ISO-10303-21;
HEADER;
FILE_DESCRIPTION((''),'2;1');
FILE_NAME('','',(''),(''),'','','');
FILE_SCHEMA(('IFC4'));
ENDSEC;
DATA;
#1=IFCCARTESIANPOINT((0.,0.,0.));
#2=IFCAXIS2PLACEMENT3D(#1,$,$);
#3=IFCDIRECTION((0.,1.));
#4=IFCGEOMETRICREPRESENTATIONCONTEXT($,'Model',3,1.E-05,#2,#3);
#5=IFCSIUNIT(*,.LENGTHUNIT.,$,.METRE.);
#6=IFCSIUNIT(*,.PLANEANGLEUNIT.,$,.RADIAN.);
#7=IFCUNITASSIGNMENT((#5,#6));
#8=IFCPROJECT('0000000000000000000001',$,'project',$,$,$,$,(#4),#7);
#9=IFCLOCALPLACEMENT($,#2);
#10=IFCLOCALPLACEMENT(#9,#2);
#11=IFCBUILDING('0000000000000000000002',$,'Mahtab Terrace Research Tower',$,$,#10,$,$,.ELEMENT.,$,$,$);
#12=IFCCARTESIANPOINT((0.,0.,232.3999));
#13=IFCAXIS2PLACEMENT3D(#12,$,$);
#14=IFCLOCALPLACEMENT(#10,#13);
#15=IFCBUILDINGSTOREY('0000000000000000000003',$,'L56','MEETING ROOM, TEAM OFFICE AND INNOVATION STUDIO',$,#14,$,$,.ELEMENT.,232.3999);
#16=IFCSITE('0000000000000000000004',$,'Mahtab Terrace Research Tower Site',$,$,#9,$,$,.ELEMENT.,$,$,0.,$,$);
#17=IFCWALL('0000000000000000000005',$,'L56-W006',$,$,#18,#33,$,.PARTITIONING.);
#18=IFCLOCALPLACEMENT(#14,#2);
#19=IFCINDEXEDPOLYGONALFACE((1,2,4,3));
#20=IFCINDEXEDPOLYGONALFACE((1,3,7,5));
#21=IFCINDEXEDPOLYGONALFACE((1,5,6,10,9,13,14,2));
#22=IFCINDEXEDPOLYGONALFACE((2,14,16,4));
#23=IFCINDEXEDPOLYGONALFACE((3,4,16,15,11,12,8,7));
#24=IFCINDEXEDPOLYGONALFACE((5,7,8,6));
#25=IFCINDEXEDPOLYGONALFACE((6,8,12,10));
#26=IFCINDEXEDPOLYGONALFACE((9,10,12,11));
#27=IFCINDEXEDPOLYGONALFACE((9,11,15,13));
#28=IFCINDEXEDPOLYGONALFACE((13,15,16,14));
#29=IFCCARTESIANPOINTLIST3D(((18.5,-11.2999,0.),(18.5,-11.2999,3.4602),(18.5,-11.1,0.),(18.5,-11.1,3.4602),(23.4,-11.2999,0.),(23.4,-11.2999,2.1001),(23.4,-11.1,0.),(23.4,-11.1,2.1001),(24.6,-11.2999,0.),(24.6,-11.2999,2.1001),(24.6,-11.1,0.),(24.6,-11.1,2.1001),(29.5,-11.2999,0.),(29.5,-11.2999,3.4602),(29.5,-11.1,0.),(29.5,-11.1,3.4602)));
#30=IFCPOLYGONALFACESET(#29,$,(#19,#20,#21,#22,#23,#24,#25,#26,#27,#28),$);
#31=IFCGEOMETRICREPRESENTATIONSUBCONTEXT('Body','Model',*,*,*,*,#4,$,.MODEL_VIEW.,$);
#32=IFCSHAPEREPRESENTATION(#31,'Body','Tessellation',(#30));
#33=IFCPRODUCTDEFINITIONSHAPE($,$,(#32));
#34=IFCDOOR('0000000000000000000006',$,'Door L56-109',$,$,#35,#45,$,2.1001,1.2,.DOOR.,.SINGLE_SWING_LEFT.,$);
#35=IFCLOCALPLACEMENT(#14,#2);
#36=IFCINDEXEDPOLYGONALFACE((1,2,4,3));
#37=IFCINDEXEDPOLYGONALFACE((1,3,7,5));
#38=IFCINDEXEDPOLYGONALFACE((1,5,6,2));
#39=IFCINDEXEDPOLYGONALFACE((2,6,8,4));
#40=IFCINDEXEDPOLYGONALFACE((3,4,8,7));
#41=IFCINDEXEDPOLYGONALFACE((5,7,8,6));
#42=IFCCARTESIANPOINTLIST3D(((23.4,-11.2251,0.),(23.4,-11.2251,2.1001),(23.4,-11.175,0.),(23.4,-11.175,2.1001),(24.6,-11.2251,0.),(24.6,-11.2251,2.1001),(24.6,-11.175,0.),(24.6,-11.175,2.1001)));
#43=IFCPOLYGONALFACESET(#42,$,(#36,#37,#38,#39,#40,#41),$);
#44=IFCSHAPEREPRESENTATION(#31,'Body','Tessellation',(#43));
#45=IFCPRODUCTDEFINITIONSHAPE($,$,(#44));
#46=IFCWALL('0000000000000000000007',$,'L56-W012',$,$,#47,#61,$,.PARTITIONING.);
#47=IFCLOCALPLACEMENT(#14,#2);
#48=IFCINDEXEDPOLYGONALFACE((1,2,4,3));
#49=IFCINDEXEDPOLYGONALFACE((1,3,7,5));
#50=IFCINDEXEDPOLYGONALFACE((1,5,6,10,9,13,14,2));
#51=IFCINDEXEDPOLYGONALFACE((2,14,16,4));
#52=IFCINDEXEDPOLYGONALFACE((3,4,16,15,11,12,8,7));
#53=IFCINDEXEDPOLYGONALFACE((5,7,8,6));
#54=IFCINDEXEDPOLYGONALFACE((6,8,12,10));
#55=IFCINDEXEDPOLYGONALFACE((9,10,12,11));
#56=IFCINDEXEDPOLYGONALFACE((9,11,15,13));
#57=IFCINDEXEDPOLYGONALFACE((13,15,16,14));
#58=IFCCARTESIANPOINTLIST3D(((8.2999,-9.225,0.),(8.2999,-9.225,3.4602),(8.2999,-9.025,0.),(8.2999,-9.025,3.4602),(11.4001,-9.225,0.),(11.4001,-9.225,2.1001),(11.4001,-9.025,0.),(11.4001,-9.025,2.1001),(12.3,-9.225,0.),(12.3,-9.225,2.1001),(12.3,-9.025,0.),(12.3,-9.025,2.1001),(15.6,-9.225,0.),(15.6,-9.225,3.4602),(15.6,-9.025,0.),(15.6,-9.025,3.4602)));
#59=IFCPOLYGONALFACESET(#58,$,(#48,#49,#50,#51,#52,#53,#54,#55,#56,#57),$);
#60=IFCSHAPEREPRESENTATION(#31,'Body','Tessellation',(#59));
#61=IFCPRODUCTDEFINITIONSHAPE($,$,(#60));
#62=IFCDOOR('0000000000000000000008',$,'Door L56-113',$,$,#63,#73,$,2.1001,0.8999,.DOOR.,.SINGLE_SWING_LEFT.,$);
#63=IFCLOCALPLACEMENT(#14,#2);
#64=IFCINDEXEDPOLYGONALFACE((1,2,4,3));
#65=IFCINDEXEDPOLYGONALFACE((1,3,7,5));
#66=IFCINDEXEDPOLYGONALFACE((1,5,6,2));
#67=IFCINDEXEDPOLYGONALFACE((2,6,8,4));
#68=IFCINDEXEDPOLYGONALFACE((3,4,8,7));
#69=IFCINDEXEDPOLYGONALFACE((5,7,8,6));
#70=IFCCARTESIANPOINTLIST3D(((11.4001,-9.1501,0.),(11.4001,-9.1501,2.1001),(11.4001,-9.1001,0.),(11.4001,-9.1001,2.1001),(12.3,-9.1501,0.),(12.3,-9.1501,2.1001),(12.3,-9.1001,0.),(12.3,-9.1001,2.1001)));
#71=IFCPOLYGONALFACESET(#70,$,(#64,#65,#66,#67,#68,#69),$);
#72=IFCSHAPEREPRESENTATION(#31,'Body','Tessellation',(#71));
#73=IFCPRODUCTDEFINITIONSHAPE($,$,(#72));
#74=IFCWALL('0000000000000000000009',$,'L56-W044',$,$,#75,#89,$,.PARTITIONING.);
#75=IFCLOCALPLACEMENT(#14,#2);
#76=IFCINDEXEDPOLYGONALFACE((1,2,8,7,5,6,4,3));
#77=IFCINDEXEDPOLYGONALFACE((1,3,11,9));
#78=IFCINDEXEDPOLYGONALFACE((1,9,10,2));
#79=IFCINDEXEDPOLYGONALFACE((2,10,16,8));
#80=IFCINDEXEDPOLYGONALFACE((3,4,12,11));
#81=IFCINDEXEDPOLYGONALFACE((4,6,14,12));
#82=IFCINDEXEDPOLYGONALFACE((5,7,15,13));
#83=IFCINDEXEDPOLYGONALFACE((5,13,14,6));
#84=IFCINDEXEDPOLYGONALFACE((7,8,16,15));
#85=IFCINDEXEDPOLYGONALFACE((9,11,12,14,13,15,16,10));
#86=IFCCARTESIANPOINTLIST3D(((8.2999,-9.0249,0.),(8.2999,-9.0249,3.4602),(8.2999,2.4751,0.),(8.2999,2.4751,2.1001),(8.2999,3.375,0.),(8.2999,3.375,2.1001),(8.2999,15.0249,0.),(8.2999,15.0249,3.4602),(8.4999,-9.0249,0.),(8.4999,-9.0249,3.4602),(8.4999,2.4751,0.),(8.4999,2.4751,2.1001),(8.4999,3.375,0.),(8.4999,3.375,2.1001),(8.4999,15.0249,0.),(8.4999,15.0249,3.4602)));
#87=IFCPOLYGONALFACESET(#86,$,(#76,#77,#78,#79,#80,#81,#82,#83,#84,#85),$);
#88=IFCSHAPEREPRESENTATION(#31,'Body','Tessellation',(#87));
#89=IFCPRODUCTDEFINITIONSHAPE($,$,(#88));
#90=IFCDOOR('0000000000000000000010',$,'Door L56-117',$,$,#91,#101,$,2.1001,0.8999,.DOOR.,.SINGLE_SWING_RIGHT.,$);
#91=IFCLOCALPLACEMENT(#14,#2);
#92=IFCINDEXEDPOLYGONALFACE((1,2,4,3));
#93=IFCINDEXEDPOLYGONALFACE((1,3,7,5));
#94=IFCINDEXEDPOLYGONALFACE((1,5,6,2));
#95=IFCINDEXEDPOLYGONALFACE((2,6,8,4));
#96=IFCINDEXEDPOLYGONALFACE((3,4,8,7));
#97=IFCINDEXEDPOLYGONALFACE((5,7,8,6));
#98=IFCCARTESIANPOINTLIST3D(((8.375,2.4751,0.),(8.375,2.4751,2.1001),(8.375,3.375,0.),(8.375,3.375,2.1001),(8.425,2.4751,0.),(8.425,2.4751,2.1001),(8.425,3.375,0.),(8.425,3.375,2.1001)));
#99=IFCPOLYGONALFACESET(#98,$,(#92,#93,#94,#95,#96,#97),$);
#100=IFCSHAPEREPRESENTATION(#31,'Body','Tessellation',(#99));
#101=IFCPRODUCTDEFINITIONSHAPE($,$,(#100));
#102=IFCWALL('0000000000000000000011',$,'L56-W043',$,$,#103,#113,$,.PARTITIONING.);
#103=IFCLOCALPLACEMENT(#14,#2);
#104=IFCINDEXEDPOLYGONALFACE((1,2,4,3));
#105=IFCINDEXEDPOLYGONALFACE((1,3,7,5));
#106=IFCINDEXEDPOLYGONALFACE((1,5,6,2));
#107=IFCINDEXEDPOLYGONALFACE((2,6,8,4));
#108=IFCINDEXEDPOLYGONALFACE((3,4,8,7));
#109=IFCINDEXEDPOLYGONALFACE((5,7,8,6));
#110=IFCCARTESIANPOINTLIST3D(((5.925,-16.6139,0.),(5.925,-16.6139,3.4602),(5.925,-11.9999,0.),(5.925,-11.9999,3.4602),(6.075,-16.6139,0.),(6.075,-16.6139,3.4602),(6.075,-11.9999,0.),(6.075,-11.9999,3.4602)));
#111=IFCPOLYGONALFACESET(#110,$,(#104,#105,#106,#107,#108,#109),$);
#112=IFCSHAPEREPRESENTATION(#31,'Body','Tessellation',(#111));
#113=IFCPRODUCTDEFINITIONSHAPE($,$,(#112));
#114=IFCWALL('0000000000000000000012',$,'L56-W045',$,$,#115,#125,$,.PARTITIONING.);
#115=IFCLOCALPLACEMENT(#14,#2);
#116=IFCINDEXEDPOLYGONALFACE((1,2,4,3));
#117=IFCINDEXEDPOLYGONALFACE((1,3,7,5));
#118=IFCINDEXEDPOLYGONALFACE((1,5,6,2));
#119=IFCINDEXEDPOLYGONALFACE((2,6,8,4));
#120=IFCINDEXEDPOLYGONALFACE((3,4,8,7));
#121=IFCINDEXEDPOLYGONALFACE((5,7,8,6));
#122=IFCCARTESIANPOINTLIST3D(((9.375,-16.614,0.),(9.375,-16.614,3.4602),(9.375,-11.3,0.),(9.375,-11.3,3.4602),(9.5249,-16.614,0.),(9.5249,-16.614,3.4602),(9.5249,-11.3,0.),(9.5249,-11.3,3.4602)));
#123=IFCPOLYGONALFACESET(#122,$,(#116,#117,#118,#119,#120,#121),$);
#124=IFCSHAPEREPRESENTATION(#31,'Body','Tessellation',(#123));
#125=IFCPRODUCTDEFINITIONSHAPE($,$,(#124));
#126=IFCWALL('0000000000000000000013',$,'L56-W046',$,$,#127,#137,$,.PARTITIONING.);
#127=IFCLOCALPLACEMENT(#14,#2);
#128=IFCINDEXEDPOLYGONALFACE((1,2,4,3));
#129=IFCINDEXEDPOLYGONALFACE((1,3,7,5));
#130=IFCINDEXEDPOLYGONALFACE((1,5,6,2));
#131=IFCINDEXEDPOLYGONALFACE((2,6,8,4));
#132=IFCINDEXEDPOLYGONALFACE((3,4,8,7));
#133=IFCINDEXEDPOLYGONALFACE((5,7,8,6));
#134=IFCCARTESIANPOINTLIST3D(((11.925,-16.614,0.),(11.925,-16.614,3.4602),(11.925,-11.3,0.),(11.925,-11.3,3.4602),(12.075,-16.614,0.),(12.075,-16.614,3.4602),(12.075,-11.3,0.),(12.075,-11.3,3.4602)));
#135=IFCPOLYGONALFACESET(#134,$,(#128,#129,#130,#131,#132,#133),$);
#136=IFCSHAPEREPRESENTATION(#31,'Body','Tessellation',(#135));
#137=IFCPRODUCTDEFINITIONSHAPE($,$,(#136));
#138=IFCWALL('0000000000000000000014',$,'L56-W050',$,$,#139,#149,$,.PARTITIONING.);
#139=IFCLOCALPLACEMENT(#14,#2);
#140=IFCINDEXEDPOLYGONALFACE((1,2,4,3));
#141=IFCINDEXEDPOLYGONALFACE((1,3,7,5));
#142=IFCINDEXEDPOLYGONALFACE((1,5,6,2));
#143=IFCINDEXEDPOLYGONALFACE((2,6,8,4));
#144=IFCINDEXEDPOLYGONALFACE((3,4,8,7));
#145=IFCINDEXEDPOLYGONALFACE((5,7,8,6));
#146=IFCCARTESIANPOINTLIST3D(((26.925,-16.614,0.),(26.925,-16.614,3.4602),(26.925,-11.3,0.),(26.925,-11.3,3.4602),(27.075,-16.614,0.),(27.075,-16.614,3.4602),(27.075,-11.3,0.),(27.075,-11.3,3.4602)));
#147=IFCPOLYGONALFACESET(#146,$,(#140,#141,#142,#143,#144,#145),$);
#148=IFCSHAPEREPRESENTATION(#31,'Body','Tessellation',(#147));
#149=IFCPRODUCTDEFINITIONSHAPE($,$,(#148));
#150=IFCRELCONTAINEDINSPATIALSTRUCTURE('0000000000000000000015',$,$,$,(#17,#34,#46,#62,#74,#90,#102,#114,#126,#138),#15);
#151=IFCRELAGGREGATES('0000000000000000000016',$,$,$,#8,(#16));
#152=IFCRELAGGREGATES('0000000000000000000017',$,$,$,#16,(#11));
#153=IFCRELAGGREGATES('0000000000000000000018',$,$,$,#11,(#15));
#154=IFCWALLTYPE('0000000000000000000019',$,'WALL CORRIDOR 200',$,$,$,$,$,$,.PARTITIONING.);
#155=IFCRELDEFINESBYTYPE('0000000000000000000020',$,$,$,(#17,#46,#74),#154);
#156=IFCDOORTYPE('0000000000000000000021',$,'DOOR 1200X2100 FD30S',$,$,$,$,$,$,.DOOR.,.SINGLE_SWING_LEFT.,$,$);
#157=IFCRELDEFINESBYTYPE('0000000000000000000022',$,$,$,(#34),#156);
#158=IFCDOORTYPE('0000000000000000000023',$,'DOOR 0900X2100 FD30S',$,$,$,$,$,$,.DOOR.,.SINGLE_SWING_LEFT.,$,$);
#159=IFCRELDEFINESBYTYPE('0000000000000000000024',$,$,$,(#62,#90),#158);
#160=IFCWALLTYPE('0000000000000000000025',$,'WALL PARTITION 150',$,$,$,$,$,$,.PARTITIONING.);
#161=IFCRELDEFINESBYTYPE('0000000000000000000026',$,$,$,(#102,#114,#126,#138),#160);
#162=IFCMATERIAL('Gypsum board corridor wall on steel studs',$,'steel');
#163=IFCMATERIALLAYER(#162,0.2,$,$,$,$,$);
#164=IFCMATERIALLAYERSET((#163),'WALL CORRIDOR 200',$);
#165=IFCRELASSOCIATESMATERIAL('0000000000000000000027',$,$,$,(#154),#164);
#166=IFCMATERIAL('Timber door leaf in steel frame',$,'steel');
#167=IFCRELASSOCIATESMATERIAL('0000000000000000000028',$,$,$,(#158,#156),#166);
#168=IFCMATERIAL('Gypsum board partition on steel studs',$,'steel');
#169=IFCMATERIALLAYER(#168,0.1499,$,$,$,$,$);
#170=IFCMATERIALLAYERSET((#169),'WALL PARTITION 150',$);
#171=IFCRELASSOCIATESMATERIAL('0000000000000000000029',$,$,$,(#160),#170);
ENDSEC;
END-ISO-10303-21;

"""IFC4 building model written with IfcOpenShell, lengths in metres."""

from ifc_helpers import new_model, si_unit, direction, frame, frame_2d, origin, place, context, subcontext, project, spatial, rectangle, extrude, material, layer, layer_set, type_object, element, fill, save


model = new_model("IFC4")

# Units and contexts
model_context = context("Model", 3, precision=1e-05, world=origin(), true_north=direction((0.0, 1.0)))
body_context = subcontext(model_context, "Body", "Model", "MODEL_VIEW")
ifc_project = project(units=[si_unit("LENGTHUNIT", "METRE"), si_unit("PLANEANGLEUNIT", "RADIAN")], contexts=[model_context])

# Site, building, storey
site_placement = place(None, origin())
site = spatial("IfcSite", under=ifc_project, at=site_placement, Name="Mahtab Terrace Research Tower Site", CompositionType="ELEMENT", RefElevation=0.0)
building_placement = place(site_placement, origin())
building = spatial("IfcBuilding", under=site, at=building_placement, Name="Mahtab Terrace Research Tower", CompositionType="ELEMENT")
storey_placement = place(building_placement, frame((0.0, 0.0, 232.3999)))
storey = spatial("IfcBuildingStorey", under=building, at=storey_placement, Name="L56", Description="MEETING ROOM, TEAM OFFICE AND INNOVATION STUDIO", CompositionType="ELEMENT", Elevation=232.3999)

# Shared definitions
ifc_material_1 = material(Name="Gypsum board corridor wall on steel studs", Category="steel")
ifc_layer_1 = layer(ifc_material_1, 0.2)
ifc_layer_set_1 = layer_set([ifc_layer_1], Name="WALL CORRIDOR 200")
wall_type_1 = type_object("IfcWallType", Name="WALL CORRIDOR 200", PredefinedType="PARTITIONING", material=ifc_layer_set_1)
ifc_material_2 = material(Name="Timber door leaf in steel frame", Category="steel")
door_type_1 = type_object("IfcDoorType", Name="DOOR 0900X2100 FD30S", OperationType="SINGLE_SWING_LEFT", PredefinedType="DOOR", material=ifc_material_2)

# Walls, openings, doors
wall_1_placement = place(storey_placement, frame((18.5, -11.2, 0.0), z_axis=(0.0, 0.0, 1.0), x_axis=(1.0, 0.0, 0.0)))
wall_1 = element("IfcWall", 1, at=wall_1_placement, inside=storey, type_object=wall_type_1, Name="L56-W006", PredefinedType="PARTITIONING", context=body_context, shape_type="SweptSolid", body=[
    extrude(rectangle(XDim=11.0, YDim=0.2, at=frame_2d((5.5, 0.0))), origin(), (0.0, 0.0, 1.0), 3.4602),
])
opening_1_placement = place(wall_1_placement, frame((4.8999, 0.0, 0.0)))
opening_1 = element("IfcOpeningElement", 2, at=opening_1_placement, cuts=wall_1, PredefinedType="OPENING", context=body_context, shape_type="SweptSolid", body=[
    extrude(rectangle(XDim=1.2, YDim=2.1001, at=frame_2d((0.6001, 1.05))), frame((0.0, 0.1099, 0.0), z_axis=(0.0, -1.0, 0.0), x_axis=(1.0, 0.0, 0.0)), (0.0, 0.0, 1.0), 0.22),
])
door_type_2 = type_object("IfcDoorType", Name="DOOR 1200X2100 FD30S", OperationType="SINGLE_SWING_LEFT", PredefinedType="DOOR", material=ifc_material_2)
door_1_placement = place(opening_1_placement, origin())
door_1 = element("IfcDoor", 3, at=door_1_placement, inside=storey, type_object=door_type_2, Name="Door L56-109", OperationType="SINGLE_SWING_LEFT", OverallHeight=2.1001, OverallWidth=1.2, PredefinedType="DOOR", context=body_context, shape_type="SweptSolid", body=[
    extrude(rectangle(XDim=1.2, YDim=2.1001, at=frame_2d((0.6001, 1.05))), frame((0.0, 0.0249, 0.0), z_axis=(0.0, -1.0, 0.0), x_axis=(1.0, 0.0, 0.0)), (0.0, 0.0, 1.0), 0.05),
])
fill(opening_1, door_1)
wall_2_placement = place(storey_placement, frame((8.3, -9.125, 0.0), z_axis=(0.0, 0.0, 1.0), x_axis=(1.0, 0.0, 0.0)))
wall_2 = element("IfcWall", 4, at=wall_2_placement, inside=storey, type_object=wall_type_1, Name="L56-W012", PredefinedType="PARTITIONING", context=body_context, shape_type="SweptSolid", body=[
    extrude(rectangle(XDim=7.3, YDim=0.2, at=frame_2d((3.6499, 0.0))), origin(), (0.0, 0.0, 1.0), 3.4602),
])
opening_2_placement = place(wall_2_placement, frame((3.1001, 0.0, 0.0)))
opening_2 = element("IfcOpeningElement", 5, at=opening_2_placement, cuts=wall_2, PredefinedType="OPENING", context=body_context, shape_type="SweptSolid", body=[
    extrude(rectangle(XDim=0.8999, YDim=2.1001, at=frame_2d((0.45, 1.05))), frame((0.0, 0.1099, 0.0), z_axis=(0.0, -1.0, 0.0), x_axis=(1.0, 0.0, 0.0)), (0.0, 0.0, 1.0), 0.22),
])
door_2_placement = place(opening_2_placement, origin())
door_2 = element("IfcDoor", 6, at=door_2_placement, inside=storey, type_object=door_type_1, Name="Door L56-113", OperationType="SINGLE_SWING_LEFT", OverallHeight=2.1001, OverallWidth=0.8999, PredefinedType="DOOR", context=body_context, shape_type="SweptSolid", body=[
    extrude(rectangle(XDim=0.8999, YDim=2.1001, at=frame_2d((0.45, 1.05))), frame((0.0, 0.0249, 0.0), z_axis=(0.0, -1.0, 0.0), x_axis=(1.0, 0.0, 0.0)), (0.0, 0.0, 1.0), 0.05),
])
fill(opening_2, door_2)
wall_3_placement = place(storey_placement, frame((8.3999, -9.0249, 0.0), z_axis=(0.0, 0.0, 1.0), x_axis=(0.0, 1.0, 0.0)))
wall_3 = element("IfcWall", 7, at=wall_3_placement, inside=storey, type_object=wall_type_1, Name="L56-W044", PredefinedType="PARTITIONING", context=body_context, shape_type="SweptSolid", body=[
    extrude(rectangle(XDim=24.0498, YDim=0.2, at=frame_2d((12.0249, 0.0))), origin(), (0.0, 0.0, 1.0), 3.4602),
])
opening_3_placement = place(wall_3_placement, frame((11.5, 0.0, 0.0)))
opening_3 = element("IfcOpeningElement", 8, at=opening_3_placement, cuts=wall_3, PredefinedType="OPENING", context=body_context, shape_type="SweptSolid", body=[
    extrude(rectangle(XDim=0.8999, YDim=2.1001, at=frame_2d((0.45, 1.05))), frame((0.0, 0.1099, 0.0), z_axis=(0.0, -1.0, 0.0), x_axis=(1.0, 0.0, 0.0)), (0.0, 0.0, 1.0), 0.22),
])
door_3_placement = place(opening_3_placement, origin())
door_3 = element("IfcDoor", 9, at=door_3_placement, inside=storey, type_object=door_type_1, Name="Door L56-117", OperationType="SINGLE_SWING_RIGHT", OverallHeight=2.1001, OverallWidth=0.8999, PredefinedType="DOOR", context=body_context, shape_type="SweptSolid", body=[
    extrude(rectangle(XDim=0.8999, YDim=2.1001, at=frame_2d((0.45, 1.05))), frame((0.0, 0.0249, 0.0), z_axis=(0.0, -1.0, 0.0), x_axis=(1.0, 0.0, 0.0)), (0.0, 0.0, 1.0), 0.05),
])
fill(opening_3, door_3)

# Walls
ifc_material_3 = material(Name="Gypsum board partition on steel studs", Category="steel")
ifc_layer_2 = layer(ifc_material_3, 0.1499)
ifc_layer_set_2 = layer_set([ifc_layer_2], Name="WALL PARTITION 150")
wall_type_2 = type_object("IfcWallType", Name="WALL PARTITION 150", PredefinedType="PARTITIONING", material=ifc_layer_set_2)
wall_4_placement = place(storey_placement, frame((6.0, -16.614, 0.0), z_axis=(0.0, 0.0, 1.0), x_axis=(0.0, 1.0, 0.0)))
element("IfcWall", 10, at=wall_4_placement, inside=storey, type_object=wall_type_2, Name="L56-W043", PredefinedType="PARTITIONING", context=body_context, shape_type="SweptSolid", body=[
    extrude(rectangle(XDim=4.614, YDim=0.1499, at=frame_2d((2.3071, 0.0))), origin(), (0.0, 0.0, 1.0), 3.4602),
])
for number, where, z_axis, x_axis, name in (
    (11, (9.45, -16.614, 0.0), (0.0, 0.0, 1.0), (0.0, 1.0, 0.0), "L56-W045"),
    (12, (12.0, -16.614, 0.0), (0.0, 0.0, 1.0), (0.0, 1.0, 0.0), "L56-W046"),
    (13, (27.0, -16.614, 0.0), (0.0, 0.0, 1.0), (0.0, 1.0, 0.0), "L56-W050"),
):
    element("IfcWall", number, at=place(storey_placement, frame(where, z_axis=z_axis, x_axis=x_axis)), inside=storey, type_object=wall_type_2, Name=name, PredefinedType="PARTITIONING", context=body_context, shape_type="SweptSolid", body=[
        extrude(rectangle(XDim=5.314, YDim=0.1499, at=frame_2d((2.657, 0.0))), origin(), (0.0, 0.0, 1.0), 3.4602),
    ])

save(model, "model.ifc")
